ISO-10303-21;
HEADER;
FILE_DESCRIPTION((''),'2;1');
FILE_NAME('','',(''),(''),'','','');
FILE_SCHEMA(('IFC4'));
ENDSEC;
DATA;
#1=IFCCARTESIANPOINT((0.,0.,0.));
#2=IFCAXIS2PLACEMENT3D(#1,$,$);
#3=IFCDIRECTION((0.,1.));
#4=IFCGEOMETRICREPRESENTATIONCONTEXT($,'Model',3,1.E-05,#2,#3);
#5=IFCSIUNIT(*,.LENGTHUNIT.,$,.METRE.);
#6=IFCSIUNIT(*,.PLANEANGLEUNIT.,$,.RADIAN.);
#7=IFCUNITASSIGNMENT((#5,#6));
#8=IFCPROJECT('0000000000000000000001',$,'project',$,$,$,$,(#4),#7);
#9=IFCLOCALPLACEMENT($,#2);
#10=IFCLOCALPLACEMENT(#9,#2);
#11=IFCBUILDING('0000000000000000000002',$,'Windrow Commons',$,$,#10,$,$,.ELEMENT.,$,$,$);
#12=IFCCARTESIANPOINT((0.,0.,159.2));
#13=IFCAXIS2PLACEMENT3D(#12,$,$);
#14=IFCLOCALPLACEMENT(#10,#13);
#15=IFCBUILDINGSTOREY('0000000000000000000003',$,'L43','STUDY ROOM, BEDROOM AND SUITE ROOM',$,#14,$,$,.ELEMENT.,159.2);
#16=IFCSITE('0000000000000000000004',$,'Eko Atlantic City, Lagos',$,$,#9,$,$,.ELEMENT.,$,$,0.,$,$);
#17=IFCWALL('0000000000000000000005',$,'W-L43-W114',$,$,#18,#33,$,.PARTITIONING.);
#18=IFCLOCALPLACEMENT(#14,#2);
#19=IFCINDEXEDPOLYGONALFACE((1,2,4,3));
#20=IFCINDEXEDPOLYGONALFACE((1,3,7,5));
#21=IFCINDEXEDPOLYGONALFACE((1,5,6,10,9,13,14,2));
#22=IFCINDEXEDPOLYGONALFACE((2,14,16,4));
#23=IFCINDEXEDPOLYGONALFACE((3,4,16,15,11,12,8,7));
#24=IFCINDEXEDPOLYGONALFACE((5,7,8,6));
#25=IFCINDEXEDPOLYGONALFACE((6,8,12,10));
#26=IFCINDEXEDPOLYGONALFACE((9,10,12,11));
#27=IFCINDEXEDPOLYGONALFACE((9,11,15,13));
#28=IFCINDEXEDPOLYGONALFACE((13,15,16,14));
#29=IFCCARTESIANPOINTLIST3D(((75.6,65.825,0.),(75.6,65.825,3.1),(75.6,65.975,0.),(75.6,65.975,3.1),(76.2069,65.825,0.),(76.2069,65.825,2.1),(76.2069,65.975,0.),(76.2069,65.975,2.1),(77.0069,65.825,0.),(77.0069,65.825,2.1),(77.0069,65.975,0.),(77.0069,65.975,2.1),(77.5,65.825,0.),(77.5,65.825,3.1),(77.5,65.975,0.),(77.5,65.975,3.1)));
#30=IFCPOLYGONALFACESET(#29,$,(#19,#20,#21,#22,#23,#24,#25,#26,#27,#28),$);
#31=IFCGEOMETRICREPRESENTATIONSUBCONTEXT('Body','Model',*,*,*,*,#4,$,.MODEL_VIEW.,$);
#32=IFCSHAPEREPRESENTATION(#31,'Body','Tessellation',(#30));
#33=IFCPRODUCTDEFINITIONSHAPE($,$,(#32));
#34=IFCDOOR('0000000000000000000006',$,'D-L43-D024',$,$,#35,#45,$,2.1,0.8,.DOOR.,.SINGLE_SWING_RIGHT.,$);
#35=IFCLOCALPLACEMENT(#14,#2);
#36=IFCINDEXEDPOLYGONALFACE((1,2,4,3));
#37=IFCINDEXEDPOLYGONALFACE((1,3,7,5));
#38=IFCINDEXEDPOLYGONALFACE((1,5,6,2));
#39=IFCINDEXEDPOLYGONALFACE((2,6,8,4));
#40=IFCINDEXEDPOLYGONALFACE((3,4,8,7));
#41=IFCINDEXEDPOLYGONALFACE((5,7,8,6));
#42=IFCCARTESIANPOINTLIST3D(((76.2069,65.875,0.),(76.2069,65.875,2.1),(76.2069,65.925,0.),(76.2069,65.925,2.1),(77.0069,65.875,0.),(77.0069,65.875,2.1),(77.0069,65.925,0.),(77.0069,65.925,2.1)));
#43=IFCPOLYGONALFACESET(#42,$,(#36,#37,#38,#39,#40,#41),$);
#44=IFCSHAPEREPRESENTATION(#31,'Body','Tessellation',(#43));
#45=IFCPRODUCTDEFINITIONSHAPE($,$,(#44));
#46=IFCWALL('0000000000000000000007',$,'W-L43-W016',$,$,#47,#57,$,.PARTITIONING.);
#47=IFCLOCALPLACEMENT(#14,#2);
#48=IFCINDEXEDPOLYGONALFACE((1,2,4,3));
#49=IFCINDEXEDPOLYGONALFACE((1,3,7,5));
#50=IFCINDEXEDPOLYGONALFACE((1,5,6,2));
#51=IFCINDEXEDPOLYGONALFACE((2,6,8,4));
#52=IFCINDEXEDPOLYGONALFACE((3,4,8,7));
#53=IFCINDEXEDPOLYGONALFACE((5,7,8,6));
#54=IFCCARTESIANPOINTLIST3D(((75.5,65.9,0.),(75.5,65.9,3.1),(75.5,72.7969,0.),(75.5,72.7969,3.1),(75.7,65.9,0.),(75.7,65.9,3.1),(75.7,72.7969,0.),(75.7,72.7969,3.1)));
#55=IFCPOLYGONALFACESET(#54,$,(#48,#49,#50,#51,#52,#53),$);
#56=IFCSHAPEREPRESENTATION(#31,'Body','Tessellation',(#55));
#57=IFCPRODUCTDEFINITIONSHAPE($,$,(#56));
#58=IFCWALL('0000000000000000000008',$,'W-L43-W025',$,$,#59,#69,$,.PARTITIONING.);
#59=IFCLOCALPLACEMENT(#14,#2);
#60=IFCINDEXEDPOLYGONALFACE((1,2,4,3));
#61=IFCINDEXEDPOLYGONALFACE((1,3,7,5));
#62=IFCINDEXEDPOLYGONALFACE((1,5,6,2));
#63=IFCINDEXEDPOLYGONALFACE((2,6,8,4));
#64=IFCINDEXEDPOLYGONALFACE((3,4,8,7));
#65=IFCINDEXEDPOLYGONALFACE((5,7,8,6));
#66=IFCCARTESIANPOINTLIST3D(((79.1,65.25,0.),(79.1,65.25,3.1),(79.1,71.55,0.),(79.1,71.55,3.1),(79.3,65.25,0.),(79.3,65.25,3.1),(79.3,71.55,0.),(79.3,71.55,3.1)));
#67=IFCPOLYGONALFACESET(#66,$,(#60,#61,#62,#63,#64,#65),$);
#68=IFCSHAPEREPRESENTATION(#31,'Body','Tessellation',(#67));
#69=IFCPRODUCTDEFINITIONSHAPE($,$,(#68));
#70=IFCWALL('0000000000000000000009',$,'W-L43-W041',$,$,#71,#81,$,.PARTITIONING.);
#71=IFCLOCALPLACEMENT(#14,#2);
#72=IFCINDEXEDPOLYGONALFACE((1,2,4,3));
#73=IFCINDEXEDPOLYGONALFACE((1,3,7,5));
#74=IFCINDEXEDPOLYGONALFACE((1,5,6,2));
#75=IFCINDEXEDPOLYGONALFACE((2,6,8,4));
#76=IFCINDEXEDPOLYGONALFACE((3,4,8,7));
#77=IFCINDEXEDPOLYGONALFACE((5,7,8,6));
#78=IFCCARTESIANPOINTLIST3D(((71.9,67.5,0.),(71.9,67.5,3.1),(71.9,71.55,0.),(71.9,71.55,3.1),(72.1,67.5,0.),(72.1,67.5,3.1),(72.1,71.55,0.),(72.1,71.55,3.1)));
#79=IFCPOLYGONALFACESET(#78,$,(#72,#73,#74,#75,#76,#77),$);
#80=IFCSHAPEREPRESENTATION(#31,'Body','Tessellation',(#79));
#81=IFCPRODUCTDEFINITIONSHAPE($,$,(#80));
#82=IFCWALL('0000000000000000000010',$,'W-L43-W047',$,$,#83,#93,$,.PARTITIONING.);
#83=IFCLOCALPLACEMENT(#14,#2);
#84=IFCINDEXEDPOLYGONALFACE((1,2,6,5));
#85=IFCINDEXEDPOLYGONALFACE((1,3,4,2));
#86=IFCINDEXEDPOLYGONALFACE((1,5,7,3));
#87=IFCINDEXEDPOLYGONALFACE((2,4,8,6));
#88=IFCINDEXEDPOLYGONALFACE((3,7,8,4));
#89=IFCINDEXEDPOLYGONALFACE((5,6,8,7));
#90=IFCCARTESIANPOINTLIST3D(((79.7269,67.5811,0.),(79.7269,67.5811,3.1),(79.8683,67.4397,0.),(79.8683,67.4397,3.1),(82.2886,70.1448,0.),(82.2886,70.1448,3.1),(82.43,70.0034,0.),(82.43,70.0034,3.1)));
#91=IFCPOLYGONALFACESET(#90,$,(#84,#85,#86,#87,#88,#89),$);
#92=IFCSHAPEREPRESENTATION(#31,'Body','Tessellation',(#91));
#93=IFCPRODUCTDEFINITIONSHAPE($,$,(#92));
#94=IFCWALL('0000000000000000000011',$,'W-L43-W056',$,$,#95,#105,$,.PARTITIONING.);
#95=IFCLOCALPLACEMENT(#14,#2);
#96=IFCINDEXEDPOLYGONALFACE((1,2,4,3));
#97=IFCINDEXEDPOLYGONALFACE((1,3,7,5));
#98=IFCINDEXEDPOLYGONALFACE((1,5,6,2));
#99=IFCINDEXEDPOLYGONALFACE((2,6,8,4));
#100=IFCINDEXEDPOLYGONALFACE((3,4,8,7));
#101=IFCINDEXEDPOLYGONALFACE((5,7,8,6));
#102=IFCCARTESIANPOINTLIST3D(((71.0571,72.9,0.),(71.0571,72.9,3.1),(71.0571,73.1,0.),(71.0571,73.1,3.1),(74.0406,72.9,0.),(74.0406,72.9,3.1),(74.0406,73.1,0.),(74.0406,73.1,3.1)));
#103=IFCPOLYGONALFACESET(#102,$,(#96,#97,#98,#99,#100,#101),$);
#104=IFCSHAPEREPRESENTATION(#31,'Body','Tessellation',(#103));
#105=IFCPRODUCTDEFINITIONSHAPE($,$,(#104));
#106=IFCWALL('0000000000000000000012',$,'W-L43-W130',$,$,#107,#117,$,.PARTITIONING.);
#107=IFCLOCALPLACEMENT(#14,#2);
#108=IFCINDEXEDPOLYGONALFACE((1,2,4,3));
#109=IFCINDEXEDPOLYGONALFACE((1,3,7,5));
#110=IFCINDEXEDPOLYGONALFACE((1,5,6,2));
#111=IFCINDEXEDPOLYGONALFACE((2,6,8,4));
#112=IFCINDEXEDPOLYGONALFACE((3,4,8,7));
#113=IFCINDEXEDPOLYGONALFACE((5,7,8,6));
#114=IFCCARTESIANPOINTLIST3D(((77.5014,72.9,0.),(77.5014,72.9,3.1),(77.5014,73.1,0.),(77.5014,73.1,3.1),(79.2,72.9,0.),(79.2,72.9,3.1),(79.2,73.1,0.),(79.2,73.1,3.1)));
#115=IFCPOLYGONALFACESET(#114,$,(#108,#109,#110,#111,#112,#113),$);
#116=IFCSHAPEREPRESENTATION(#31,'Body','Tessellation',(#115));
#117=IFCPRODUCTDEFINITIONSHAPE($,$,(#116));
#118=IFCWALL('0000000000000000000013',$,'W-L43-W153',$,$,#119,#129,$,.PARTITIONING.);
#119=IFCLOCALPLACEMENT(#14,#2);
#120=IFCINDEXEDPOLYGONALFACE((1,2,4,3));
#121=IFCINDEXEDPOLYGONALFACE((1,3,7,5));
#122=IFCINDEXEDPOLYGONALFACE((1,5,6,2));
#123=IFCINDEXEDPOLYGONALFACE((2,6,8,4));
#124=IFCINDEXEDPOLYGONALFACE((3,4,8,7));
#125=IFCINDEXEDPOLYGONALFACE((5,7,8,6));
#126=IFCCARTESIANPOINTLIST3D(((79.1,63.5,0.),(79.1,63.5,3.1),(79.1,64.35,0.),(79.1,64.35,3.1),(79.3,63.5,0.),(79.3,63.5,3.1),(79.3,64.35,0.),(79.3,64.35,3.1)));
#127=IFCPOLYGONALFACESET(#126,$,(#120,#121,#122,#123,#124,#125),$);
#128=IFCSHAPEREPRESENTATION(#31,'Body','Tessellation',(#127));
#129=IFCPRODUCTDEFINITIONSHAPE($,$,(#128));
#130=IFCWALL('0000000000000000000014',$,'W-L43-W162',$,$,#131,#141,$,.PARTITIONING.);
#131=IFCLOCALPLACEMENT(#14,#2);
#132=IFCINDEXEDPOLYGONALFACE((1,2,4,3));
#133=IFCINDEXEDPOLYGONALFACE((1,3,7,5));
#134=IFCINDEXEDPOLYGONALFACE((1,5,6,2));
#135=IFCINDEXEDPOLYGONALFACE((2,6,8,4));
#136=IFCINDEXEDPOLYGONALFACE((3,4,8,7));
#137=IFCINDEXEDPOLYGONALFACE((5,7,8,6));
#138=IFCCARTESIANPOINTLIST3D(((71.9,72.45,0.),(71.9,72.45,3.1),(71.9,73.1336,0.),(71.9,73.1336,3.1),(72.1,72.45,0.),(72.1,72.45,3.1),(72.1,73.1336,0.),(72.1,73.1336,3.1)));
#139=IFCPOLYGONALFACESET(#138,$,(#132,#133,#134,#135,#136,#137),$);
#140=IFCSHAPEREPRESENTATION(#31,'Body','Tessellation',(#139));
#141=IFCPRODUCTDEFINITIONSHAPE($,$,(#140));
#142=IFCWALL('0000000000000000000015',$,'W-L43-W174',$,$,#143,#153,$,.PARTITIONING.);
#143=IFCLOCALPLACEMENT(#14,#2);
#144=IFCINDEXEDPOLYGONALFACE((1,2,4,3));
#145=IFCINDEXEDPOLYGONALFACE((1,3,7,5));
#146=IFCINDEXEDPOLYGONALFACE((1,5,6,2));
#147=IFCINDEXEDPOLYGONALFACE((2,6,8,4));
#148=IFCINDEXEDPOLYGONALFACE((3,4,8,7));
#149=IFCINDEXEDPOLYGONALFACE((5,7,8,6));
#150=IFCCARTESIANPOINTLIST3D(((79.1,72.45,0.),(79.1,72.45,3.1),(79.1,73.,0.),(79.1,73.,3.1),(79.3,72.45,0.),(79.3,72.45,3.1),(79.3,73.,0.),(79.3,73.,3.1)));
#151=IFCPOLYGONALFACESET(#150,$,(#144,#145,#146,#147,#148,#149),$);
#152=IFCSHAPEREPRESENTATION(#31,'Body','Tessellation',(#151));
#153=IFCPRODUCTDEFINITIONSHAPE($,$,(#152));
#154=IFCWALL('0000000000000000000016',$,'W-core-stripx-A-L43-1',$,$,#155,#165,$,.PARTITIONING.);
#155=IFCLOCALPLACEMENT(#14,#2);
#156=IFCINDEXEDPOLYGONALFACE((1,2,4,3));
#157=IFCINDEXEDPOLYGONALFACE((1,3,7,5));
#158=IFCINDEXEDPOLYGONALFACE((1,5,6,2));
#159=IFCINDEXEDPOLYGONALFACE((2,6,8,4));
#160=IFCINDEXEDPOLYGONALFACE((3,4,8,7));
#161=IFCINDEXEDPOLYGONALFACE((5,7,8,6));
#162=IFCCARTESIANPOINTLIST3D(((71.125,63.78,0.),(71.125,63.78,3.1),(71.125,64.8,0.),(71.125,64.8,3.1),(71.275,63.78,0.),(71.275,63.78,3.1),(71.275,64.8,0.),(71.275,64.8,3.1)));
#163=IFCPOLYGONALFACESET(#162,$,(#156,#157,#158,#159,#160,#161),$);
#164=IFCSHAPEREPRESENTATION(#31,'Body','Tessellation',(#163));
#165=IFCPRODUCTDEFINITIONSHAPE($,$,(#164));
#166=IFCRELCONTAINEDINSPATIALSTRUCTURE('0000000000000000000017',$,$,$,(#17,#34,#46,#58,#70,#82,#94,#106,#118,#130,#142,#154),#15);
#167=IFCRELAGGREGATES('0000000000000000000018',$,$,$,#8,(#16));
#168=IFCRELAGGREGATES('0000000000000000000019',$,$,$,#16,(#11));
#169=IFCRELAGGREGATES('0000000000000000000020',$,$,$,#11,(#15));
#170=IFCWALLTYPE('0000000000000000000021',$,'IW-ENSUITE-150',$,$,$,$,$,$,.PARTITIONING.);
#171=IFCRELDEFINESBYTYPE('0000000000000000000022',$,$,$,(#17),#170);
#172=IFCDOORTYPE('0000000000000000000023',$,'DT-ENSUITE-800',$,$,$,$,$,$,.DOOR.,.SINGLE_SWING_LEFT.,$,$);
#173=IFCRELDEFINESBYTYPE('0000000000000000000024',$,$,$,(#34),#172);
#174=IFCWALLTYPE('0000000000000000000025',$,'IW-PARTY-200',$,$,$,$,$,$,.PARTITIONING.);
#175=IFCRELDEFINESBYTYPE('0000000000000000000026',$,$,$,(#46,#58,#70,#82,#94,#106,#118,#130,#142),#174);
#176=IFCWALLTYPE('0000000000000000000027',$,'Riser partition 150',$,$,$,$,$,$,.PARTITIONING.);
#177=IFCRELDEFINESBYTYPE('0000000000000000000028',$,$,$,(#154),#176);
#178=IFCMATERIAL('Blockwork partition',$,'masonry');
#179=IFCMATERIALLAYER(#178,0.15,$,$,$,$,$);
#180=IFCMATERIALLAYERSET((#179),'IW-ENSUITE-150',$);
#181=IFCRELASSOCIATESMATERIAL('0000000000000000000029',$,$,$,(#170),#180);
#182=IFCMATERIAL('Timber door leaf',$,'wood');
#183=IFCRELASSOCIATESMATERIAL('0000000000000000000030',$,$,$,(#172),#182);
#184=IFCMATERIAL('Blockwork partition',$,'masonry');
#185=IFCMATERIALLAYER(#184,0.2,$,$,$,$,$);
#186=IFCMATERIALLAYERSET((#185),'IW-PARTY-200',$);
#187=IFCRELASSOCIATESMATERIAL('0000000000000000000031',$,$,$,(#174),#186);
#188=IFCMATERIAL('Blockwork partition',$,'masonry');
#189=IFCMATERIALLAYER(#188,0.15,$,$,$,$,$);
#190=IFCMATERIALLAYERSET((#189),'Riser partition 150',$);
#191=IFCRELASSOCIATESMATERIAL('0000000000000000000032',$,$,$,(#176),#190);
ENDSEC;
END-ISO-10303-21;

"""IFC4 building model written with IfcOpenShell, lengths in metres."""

from ifc_helpers import new_model, si_unit, direction, frame, frame_2d, origin, place, context, subcontext, project, spatial, rectangle, extrude, material, layer, layer_set, type_object, element, fill, save


model = new_model("IFC4")

# Units and contexts
model_context = context("Model", 3, precision=1e-05, world=origin(), true_north=direction((0.0, 1.0)))
body_context = subcontext(model_context, "Body", "Model", "MODEL_VIEW")
ifc_project = project(units=[si_unit("LENGTHUNIT", "METRE"), si_unit("PLANEANGLEUNIT", "RADIAN")], contexts=[model_context])

# Site, building, storey
site_placement = place(None, origin())
site = spatial("IfcSite", under=ifc_project, at=site_placement, Name="Eko Atlantic City, Lagos", CompositionType="ELEMENT", RefElevation=0.0)
building_placement = place(site_placement, origin())
building = spatial("IfcBuilding", under=site, at=building_placement, Name="Windrow Commons", CompositionType="ELEMENT")
storey_placement = place(building_placement, frame((0.0, 0.0, 159.2)))
storey = spatial("IfcBuildingStorey", under=building, at=storey_placement, Name="L43", Description="STUDY ROOM, BEDROOM AND SUITE ROOM", CompositionType="ELEMENT", Elevation=159.2)

# Shared definitions
ifc_material_1 = material(Name="Blockwork partition", Category="masonry")
ifc_layer_1 = layer(ifc_material_1, 0.15)
ifc_layer_set_1 = layer_set([ifc_layer_1], Name="IW-ENSUITE-150")
wall_type_1 = type_object("IfcWallType", Name="IW-ENSUITE-150", PredefinedType="PARTITIONING", material=ifc_layer_set_1)

# Wall, opening, door
wall_1_placement = place(storey_placement, frame((75.6, 65.9, 0.0), z_axis=(0.0, 0.0, 1.0), x_axis=(1.0, 0.0, 0.0)))
wall_1 = element("IfcWall", 1, at=wall_1_placement, inside=storey, type_object=wall_type_1, Name="W-L43-W114", PredefinedType="PARTITIONING", context=body_context, shape_type="SweptSolid", body=[
    extrude(rectangle(XDim=1.9, YDim=0.15, at=frame_2d((0.95, 0.0))), origin(), (0.0, 0.0, 1.0), 3.1),
])
opening_1_placement = place(wall_1_placement, frame((0.6069, 0.0, 0.0)))
opening_1 = element("IfcOpeningElement", 2, at=opening_1_placement, cuts=wall_1, PredefinedType="OPENING", context=body_context, shape_type="SweptSolid", body=[
    extrude(rectangle(XDim=0.8, YDim=2.1, at=frame_2d((0.4, 1.05))), frame((0.0, 0.085, 0.0), z_axis=(0.0, -1.0, 0.0), x_axis=(1.0, 0.0, 0.0)), (0.0, 0.0, 1.0), 0.17),
])
ifc_material_2 = material(Name="Timber door leaf", Category="wood")
door_type_1 = type_object("IfcDoorType", Name="DT-ENSUITE-800", OperationType="SINGLE_SWING_LEFT", PredefinedType="DOOR", material=ifc_material_2)
door_1_placement = place(opening_1_placement, origin())
door_1 = element("IfcDoor", 3, at=door_1_placement, inside=storey, type_object=door_type_1, Name="D-L43-D024", OperationType="SINGLE_SWING_RIGHT", OverallHeight=2.1, OverallWidth=0.8, PredefinedType="DOOR", context=body_context, shape_type="SweptSolid", body=[
    extrude(rectangle(XDim=0.8, YDim=2.1, at=frame_2d((0.4, 1.05))), frame((0.0, 0.025, 0.0), z_axis=(0.0, -1.0, 0.0), x_axis=(1.0, 0.0, 0.0)), (0.0, 0.0, 1.0), 0.05),
])
fill(opening_1, door_1)

# Walls
ifc_material_3 = material(Name="Blockwork partition", Category="masonry")
ifc_layer_2 = layer(ifc_material_3, 0.2)
ifc_layer_set_2 = layer_set([ifc_layer_2], Name="IW-PARTY-200")
wall_type_2 = type_object("IfcWallType", Name="IW-PARTY-200", PredefinedType="PARTITIONING", material=ifc_layer_set_2)
wall_2_placement = place(storey_placement, frame((75.6, 65.9, 0.0), z_axis=(0.0, 0.0, 1.0), x_axis=(0.0, 1.0, 0.0)))
element("IfcWall", 4, at=wall_2_placement, inside=storey, type_object=wall_type_2, Name="W-L43-W016", PredefinedType="PARTITIONING", context=body_context, shape_type="SweptSolid", body=[
    extrude(rectangle(XDim=6.8969, YDim=0.2, at=frame_2d((3.4484, 0.0))), origin(), (0.0, 0.0, 1.0), 3.1),
])
wall_3_placement = place(storey_placement, frame((79.2, 65.25, 0.0), z_axis=(0.0, 0.0, 1.0), x_axis=(0.0, 1.0, 0.0)))
element("IfcWall", 5, at=wall_3_placement, inside=storey, type_object=wall_type_2, Name="W-L43-W025", PredefinedType="PARTITIONING", context=body_context, shape_type="SweptSolid", body=[
    extrude(rectangle(XDim=6.3, YDim=0.2, at=frame_2d((3.15, 0.0))), origin(), (0.0, 0.0, 1.0), 3.1),
])
wall_4_placement = place(storey_placement, frame((72.0, 67.5, 0.0), z_axis=(0.0, 0.0, 1.0), x_axis=(0.0, 1.0, 0.0)))
element("IfcWall", 6, at=wall_4_placement, inside=storey, type_object=wall_type_2, Name="W-L43-W041", PredefinedType="PARTITIONING", context=body_context, shape_type="SweptSolid", body=[
    extrude(rectangle(XDim=4.05, YDim=0.2, at=frame_2d((2.025, 0.0))), origin(), (0.0, 0.0, 1.0), 3.1),
])
wall_5_placement = place(storey_placement, frame((79.7976, 67.5104, 0.0), z_axis=(0.0, 0.0, 1.0), x_axis=(0.706831, 0.707383, 0.0)))
element("IfcWall", 7, at=wall_5_placement, inside=storey, type_object=wall_type_2, Name="W-L43-W047", PredefinedType="PARTITIONING", context=body_context, shape_type="SweptSolid", body=[
    extrude(rectangle(XDim=3.6242, YDim=0.2, at=frame_2d((1.8121, 0.0))), origin(), (0.0, 0.0, 1.0), 3.1),
])
wall_6_placement = place(storey_placement, frame((71.0572, 73.0, 0.0), z_axis=(0.0, 0.0, 1.0), x_axis=(1.0, 0.0, 0.0)))
element("IfcWall", 8, at=wall_6_placement, inside=storey, type_object=wall_type_2, Name="W-L43-W056", PredefinedType="PARTITIONING", context=body_context, shape_type="SweptSolid", body=[
    extrude(rectangle(XDim=2.9835, YDim=0.2, at=frame_2d((1.4917, 0.0))), origin(), (0.0, 0.0, 1.0), 3.1),
])
wall_7_placement = place(storey_placement, frame((77.5013, 73.0, 0.0), z_axis=(0.0, 0.0, 1.0), x_axis=(1.0, 0.0, 0.0)))
element("IfcWall", 9, at=wall_7_placement, inside=storey, type_object=wall_type_2, Name="W-L43-W130", PredefinedType="PARTITIONING", context=body_context, shape_type="SweptSolid", body=[
    extrude(rectangle(XDim=1.6987, YDim=0.2, at=frame_2d((0.8494, 0.0))), origin(), (0.0, 0.0, 1.0), 3.1),
])
wall_8_placement = place(storey_placement, frame((79.2, 63.5, 0.0), z_axis=(0.0, 0.0, 1.0), x_axis=(0.0, 1.0, 0.0)))
element("IfcWall", 10, at=wall_8_placement, inside=storey, type_object=wall_type_2, Name="W-L43-W153", PredefinedType="PARTITIONING", context=body_context, shape_type="SweptSolid", body=[
    extrude(rectangle(XDim=0.85, YDim=0.2, at=frame_2d((0.425, 0.0))), origin(), (0.0, 0.0, 1.0), 3.1),
])
wall_9_placement = place(storey_placement, frame((72.0, 72.45, 0.0), z_axis=(0.0, 0.0, 1.0), x_axis=(0.0, 1.0, 0.0)))
element("IfcWall", 11, at=wall_9_placement, inside=storey, type_object=wall_type_2, Name="W-L43-W162", PredefinedType="PARTITIONING", context=body_context, shape_type="SweptSolid", body=[
    extrude(rectangle(XDim=0.6836, YDim=0.2, at=frame_2d((0.3418, 0.0))), origin(), (0.0, 0.0, 1.0), 3.1),
])
wall_10_placement = place(storey_placement, frame((79.2, 72.45, 0.0), z_axis=(0.0, 0.0, 1.0), x_axis=(0.0, 1.0, 0.0)))
element("IfcWall", 12, at=wall_10_placement, inside=storey, type_object=wall_type_2, Name="W-L43-W174", PredefinedType="PARTITIONING", context=body_context, shape_type="SweptSolid", body=[
    extrude(rectangle(XDim=0.55, YDim=0.2, at=frame_2d((0.275, 0.0))), origin(), (0.0, 0.0, 1.0), 3.1),
])
ifc_material_4 = material(Name="Blockwork partition", Category="masonry")
ifc_layer_3 = layer(ifc_material_4, 0.15)
ifc_layer_set_3 = layer_set([ifc_layer_3], Name="Riser partition 150")
wall_type_3 = type_object("IfcWallType", Name="Riser partition 150", PredefinedType="PARTITIONING", material=ifc_layer_set_3)
wall_11_placement = place(storey_placement, frame((71.2, 63.78, 0.0), z_axis=(0.0, 0.0, 1.0), x_axis=(0.0, 1.0, 0.0)))
element("IfcWall", 13, at=wall_11_placement, inside=storey, type_object=wall_type_3, Name="W-core-stripx-A-L43-1", PredefinedType="PARTITIONING", context=body_context, shape_type="SweptSolid", body=[
    extrude(rectangle(XDim=1.02, YDim=0.15, at=frame_2d((0.51, 0.0))), origin(), (0.0, 0.0, 1.0), 3.1),
])

save(model, "model.ifc")
